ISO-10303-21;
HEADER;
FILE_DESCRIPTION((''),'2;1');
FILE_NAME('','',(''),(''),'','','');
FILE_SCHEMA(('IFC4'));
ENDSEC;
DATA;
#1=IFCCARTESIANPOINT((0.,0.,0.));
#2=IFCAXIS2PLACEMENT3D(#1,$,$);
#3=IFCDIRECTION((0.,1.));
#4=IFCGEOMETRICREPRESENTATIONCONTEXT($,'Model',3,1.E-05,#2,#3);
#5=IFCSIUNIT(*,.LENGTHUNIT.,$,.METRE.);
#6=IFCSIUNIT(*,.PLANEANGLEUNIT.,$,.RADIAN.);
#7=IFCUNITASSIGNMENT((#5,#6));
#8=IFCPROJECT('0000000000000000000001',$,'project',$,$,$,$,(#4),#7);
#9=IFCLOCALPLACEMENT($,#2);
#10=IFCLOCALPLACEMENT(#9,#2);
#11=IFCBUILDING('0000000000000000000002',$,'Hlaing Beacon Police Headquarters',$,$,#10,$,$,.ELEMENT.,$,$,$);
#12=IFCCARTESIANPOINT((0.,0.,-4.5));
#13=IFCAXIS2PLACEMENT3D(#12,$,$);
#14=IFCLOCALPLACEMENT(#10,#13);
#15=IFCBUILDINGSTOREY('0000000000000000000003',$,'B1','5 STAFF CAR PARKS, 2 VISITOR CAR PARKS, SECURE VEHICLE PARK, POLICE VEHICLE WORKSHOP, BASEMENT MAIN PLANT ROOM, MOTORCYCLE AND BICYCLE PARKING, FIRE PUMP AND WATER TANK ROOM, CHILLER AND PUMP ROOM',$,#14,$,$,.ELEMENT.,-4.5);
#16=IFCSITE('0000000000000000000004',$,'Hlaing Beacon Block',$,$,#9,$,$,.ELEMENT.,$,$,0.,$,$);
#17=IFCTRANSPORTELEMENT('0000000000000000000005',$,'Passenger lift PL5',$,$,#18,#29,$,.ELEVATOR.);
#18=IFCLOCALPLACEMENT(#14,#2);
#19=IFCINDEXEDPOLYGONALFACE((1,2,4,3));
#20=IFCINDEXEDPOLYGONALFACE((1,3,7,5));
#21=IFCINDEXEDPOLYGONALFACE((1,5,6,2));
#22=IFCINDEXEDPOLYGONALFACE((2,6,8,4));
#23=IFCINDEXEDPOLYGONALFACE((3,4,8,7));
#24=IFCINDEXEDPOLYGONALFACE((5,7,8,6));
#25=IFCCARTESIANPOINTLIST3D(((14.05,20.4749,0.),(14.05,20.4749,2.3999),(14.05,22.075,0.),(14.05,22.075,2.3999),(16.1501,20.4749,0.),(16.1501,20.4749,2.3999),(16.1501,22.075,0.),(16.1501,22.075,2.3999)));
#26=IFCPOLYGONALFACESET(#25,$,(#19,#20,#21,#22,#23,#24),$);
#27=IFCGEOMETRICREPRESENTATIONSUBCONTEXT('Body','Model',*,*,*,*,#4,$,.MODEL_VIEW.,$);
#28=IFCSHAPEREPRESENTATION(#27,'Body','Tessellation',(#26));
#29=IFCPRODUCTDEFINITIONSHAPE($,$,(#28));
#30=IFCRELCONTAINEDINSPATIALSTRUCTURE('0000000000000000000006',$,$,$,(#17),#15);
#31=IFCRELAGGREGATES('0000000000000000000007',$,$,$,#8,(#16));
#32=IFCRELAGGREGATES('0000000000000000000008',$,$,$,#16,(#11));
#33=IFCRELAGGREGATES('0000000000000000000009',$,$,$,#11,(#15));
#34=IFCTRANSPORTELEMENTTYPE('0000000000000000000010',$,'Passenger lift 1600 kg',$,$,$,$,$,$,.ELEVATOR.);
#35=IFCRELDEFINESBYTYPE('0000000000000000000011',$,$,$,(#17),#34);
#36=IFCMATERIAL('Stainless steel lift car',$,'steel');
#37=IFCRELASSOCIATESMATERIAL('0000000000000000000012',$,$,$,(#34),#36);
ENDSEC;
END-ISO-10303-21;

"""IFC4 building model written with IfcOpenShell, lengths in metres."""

from ifc_helpers import new_model, si_unit, direction, frame, origin, origin_2d, place, context, subcontext, project, spatial, rectangle, extrude, material, type_object, element, save


model = new_model("IFC4")

# Units and contexts
model_context = context("Model", 3, precision=1e-05, world=origin(), true_north=direction((0.0, 1.0)))
body_context = subcontext(model_context, "Body", "Model", "MODEL_VIEW")
ifc_project = project(units=[si_unit("LENGTHUNIT", "METRE"), si_unit("PLANEANGLEUNIT", "RADIAN")], contexts=[model_context])

# Site, building, storey
site_placement = place(None, origin())
site = spatial("IfcSite", under=ifc_project, at=site_placement, Name="Hlaing Beacon Block", CompositionType="ELEMENT", RefElevation=0.0)
building_placement = place(site_placement, origin())
building = spatial("IfcBuilding", under=site, at=building_placement, Name="Hlaing Beacon Police Headquarters", CompositionType="ELEMENT")
storey_placement = place(building_placement, frame((0.0, 0.0, -4.5)))
storey = spatial("IfcBuildingStorey", under=building, at=storey_placement, Name="B1", Description="5 STAFF CAR PARKS, 2 VISITOR CAR PARKS, SECURE VEHICLE PARK, POLICE VEHICLE WORKSHOP, BASEMENT MAIN PLANT ROOM, MOTORCYCLE AND BICYCLE PARKING, FIRE PUMP AND WATER TANK ROOM, CHILLER AND PUMP ROOM", CompositionType="ELEMENT", Elevation=-4.5)

# Transport element
ifc_material_1 = material(Name="Stainless steel lift car", Category="steel")
transport_element_type = type_object("IfcTransportElementType", Name="Passenger lift 1600 kg", PredefinedType="ELEVATOR", material=ifc_material_1)
transport_element_placement = place(storey_placement, frame((15.1001, 21.2749, 0.0), z_axis=(0.0, 0.0, 1.0), x_axis=(1.0, 0.0, 0.0)))
element("IfcTransportElement", 1, at=transport_element_placement, inside=storey, type_object=transport_element_type, Name="Passenger lift PL5", PredefinedType="ELEVATOR", context=body_context, shape_type="SweptSolid", body=[
    extrude(rectangle(XDim=2.1001, YDim=1.6001, at=origin_2d()), origin(), (0.0, 0.0, 1.0), 2.3999),
])

save(model, "model.ifc")
